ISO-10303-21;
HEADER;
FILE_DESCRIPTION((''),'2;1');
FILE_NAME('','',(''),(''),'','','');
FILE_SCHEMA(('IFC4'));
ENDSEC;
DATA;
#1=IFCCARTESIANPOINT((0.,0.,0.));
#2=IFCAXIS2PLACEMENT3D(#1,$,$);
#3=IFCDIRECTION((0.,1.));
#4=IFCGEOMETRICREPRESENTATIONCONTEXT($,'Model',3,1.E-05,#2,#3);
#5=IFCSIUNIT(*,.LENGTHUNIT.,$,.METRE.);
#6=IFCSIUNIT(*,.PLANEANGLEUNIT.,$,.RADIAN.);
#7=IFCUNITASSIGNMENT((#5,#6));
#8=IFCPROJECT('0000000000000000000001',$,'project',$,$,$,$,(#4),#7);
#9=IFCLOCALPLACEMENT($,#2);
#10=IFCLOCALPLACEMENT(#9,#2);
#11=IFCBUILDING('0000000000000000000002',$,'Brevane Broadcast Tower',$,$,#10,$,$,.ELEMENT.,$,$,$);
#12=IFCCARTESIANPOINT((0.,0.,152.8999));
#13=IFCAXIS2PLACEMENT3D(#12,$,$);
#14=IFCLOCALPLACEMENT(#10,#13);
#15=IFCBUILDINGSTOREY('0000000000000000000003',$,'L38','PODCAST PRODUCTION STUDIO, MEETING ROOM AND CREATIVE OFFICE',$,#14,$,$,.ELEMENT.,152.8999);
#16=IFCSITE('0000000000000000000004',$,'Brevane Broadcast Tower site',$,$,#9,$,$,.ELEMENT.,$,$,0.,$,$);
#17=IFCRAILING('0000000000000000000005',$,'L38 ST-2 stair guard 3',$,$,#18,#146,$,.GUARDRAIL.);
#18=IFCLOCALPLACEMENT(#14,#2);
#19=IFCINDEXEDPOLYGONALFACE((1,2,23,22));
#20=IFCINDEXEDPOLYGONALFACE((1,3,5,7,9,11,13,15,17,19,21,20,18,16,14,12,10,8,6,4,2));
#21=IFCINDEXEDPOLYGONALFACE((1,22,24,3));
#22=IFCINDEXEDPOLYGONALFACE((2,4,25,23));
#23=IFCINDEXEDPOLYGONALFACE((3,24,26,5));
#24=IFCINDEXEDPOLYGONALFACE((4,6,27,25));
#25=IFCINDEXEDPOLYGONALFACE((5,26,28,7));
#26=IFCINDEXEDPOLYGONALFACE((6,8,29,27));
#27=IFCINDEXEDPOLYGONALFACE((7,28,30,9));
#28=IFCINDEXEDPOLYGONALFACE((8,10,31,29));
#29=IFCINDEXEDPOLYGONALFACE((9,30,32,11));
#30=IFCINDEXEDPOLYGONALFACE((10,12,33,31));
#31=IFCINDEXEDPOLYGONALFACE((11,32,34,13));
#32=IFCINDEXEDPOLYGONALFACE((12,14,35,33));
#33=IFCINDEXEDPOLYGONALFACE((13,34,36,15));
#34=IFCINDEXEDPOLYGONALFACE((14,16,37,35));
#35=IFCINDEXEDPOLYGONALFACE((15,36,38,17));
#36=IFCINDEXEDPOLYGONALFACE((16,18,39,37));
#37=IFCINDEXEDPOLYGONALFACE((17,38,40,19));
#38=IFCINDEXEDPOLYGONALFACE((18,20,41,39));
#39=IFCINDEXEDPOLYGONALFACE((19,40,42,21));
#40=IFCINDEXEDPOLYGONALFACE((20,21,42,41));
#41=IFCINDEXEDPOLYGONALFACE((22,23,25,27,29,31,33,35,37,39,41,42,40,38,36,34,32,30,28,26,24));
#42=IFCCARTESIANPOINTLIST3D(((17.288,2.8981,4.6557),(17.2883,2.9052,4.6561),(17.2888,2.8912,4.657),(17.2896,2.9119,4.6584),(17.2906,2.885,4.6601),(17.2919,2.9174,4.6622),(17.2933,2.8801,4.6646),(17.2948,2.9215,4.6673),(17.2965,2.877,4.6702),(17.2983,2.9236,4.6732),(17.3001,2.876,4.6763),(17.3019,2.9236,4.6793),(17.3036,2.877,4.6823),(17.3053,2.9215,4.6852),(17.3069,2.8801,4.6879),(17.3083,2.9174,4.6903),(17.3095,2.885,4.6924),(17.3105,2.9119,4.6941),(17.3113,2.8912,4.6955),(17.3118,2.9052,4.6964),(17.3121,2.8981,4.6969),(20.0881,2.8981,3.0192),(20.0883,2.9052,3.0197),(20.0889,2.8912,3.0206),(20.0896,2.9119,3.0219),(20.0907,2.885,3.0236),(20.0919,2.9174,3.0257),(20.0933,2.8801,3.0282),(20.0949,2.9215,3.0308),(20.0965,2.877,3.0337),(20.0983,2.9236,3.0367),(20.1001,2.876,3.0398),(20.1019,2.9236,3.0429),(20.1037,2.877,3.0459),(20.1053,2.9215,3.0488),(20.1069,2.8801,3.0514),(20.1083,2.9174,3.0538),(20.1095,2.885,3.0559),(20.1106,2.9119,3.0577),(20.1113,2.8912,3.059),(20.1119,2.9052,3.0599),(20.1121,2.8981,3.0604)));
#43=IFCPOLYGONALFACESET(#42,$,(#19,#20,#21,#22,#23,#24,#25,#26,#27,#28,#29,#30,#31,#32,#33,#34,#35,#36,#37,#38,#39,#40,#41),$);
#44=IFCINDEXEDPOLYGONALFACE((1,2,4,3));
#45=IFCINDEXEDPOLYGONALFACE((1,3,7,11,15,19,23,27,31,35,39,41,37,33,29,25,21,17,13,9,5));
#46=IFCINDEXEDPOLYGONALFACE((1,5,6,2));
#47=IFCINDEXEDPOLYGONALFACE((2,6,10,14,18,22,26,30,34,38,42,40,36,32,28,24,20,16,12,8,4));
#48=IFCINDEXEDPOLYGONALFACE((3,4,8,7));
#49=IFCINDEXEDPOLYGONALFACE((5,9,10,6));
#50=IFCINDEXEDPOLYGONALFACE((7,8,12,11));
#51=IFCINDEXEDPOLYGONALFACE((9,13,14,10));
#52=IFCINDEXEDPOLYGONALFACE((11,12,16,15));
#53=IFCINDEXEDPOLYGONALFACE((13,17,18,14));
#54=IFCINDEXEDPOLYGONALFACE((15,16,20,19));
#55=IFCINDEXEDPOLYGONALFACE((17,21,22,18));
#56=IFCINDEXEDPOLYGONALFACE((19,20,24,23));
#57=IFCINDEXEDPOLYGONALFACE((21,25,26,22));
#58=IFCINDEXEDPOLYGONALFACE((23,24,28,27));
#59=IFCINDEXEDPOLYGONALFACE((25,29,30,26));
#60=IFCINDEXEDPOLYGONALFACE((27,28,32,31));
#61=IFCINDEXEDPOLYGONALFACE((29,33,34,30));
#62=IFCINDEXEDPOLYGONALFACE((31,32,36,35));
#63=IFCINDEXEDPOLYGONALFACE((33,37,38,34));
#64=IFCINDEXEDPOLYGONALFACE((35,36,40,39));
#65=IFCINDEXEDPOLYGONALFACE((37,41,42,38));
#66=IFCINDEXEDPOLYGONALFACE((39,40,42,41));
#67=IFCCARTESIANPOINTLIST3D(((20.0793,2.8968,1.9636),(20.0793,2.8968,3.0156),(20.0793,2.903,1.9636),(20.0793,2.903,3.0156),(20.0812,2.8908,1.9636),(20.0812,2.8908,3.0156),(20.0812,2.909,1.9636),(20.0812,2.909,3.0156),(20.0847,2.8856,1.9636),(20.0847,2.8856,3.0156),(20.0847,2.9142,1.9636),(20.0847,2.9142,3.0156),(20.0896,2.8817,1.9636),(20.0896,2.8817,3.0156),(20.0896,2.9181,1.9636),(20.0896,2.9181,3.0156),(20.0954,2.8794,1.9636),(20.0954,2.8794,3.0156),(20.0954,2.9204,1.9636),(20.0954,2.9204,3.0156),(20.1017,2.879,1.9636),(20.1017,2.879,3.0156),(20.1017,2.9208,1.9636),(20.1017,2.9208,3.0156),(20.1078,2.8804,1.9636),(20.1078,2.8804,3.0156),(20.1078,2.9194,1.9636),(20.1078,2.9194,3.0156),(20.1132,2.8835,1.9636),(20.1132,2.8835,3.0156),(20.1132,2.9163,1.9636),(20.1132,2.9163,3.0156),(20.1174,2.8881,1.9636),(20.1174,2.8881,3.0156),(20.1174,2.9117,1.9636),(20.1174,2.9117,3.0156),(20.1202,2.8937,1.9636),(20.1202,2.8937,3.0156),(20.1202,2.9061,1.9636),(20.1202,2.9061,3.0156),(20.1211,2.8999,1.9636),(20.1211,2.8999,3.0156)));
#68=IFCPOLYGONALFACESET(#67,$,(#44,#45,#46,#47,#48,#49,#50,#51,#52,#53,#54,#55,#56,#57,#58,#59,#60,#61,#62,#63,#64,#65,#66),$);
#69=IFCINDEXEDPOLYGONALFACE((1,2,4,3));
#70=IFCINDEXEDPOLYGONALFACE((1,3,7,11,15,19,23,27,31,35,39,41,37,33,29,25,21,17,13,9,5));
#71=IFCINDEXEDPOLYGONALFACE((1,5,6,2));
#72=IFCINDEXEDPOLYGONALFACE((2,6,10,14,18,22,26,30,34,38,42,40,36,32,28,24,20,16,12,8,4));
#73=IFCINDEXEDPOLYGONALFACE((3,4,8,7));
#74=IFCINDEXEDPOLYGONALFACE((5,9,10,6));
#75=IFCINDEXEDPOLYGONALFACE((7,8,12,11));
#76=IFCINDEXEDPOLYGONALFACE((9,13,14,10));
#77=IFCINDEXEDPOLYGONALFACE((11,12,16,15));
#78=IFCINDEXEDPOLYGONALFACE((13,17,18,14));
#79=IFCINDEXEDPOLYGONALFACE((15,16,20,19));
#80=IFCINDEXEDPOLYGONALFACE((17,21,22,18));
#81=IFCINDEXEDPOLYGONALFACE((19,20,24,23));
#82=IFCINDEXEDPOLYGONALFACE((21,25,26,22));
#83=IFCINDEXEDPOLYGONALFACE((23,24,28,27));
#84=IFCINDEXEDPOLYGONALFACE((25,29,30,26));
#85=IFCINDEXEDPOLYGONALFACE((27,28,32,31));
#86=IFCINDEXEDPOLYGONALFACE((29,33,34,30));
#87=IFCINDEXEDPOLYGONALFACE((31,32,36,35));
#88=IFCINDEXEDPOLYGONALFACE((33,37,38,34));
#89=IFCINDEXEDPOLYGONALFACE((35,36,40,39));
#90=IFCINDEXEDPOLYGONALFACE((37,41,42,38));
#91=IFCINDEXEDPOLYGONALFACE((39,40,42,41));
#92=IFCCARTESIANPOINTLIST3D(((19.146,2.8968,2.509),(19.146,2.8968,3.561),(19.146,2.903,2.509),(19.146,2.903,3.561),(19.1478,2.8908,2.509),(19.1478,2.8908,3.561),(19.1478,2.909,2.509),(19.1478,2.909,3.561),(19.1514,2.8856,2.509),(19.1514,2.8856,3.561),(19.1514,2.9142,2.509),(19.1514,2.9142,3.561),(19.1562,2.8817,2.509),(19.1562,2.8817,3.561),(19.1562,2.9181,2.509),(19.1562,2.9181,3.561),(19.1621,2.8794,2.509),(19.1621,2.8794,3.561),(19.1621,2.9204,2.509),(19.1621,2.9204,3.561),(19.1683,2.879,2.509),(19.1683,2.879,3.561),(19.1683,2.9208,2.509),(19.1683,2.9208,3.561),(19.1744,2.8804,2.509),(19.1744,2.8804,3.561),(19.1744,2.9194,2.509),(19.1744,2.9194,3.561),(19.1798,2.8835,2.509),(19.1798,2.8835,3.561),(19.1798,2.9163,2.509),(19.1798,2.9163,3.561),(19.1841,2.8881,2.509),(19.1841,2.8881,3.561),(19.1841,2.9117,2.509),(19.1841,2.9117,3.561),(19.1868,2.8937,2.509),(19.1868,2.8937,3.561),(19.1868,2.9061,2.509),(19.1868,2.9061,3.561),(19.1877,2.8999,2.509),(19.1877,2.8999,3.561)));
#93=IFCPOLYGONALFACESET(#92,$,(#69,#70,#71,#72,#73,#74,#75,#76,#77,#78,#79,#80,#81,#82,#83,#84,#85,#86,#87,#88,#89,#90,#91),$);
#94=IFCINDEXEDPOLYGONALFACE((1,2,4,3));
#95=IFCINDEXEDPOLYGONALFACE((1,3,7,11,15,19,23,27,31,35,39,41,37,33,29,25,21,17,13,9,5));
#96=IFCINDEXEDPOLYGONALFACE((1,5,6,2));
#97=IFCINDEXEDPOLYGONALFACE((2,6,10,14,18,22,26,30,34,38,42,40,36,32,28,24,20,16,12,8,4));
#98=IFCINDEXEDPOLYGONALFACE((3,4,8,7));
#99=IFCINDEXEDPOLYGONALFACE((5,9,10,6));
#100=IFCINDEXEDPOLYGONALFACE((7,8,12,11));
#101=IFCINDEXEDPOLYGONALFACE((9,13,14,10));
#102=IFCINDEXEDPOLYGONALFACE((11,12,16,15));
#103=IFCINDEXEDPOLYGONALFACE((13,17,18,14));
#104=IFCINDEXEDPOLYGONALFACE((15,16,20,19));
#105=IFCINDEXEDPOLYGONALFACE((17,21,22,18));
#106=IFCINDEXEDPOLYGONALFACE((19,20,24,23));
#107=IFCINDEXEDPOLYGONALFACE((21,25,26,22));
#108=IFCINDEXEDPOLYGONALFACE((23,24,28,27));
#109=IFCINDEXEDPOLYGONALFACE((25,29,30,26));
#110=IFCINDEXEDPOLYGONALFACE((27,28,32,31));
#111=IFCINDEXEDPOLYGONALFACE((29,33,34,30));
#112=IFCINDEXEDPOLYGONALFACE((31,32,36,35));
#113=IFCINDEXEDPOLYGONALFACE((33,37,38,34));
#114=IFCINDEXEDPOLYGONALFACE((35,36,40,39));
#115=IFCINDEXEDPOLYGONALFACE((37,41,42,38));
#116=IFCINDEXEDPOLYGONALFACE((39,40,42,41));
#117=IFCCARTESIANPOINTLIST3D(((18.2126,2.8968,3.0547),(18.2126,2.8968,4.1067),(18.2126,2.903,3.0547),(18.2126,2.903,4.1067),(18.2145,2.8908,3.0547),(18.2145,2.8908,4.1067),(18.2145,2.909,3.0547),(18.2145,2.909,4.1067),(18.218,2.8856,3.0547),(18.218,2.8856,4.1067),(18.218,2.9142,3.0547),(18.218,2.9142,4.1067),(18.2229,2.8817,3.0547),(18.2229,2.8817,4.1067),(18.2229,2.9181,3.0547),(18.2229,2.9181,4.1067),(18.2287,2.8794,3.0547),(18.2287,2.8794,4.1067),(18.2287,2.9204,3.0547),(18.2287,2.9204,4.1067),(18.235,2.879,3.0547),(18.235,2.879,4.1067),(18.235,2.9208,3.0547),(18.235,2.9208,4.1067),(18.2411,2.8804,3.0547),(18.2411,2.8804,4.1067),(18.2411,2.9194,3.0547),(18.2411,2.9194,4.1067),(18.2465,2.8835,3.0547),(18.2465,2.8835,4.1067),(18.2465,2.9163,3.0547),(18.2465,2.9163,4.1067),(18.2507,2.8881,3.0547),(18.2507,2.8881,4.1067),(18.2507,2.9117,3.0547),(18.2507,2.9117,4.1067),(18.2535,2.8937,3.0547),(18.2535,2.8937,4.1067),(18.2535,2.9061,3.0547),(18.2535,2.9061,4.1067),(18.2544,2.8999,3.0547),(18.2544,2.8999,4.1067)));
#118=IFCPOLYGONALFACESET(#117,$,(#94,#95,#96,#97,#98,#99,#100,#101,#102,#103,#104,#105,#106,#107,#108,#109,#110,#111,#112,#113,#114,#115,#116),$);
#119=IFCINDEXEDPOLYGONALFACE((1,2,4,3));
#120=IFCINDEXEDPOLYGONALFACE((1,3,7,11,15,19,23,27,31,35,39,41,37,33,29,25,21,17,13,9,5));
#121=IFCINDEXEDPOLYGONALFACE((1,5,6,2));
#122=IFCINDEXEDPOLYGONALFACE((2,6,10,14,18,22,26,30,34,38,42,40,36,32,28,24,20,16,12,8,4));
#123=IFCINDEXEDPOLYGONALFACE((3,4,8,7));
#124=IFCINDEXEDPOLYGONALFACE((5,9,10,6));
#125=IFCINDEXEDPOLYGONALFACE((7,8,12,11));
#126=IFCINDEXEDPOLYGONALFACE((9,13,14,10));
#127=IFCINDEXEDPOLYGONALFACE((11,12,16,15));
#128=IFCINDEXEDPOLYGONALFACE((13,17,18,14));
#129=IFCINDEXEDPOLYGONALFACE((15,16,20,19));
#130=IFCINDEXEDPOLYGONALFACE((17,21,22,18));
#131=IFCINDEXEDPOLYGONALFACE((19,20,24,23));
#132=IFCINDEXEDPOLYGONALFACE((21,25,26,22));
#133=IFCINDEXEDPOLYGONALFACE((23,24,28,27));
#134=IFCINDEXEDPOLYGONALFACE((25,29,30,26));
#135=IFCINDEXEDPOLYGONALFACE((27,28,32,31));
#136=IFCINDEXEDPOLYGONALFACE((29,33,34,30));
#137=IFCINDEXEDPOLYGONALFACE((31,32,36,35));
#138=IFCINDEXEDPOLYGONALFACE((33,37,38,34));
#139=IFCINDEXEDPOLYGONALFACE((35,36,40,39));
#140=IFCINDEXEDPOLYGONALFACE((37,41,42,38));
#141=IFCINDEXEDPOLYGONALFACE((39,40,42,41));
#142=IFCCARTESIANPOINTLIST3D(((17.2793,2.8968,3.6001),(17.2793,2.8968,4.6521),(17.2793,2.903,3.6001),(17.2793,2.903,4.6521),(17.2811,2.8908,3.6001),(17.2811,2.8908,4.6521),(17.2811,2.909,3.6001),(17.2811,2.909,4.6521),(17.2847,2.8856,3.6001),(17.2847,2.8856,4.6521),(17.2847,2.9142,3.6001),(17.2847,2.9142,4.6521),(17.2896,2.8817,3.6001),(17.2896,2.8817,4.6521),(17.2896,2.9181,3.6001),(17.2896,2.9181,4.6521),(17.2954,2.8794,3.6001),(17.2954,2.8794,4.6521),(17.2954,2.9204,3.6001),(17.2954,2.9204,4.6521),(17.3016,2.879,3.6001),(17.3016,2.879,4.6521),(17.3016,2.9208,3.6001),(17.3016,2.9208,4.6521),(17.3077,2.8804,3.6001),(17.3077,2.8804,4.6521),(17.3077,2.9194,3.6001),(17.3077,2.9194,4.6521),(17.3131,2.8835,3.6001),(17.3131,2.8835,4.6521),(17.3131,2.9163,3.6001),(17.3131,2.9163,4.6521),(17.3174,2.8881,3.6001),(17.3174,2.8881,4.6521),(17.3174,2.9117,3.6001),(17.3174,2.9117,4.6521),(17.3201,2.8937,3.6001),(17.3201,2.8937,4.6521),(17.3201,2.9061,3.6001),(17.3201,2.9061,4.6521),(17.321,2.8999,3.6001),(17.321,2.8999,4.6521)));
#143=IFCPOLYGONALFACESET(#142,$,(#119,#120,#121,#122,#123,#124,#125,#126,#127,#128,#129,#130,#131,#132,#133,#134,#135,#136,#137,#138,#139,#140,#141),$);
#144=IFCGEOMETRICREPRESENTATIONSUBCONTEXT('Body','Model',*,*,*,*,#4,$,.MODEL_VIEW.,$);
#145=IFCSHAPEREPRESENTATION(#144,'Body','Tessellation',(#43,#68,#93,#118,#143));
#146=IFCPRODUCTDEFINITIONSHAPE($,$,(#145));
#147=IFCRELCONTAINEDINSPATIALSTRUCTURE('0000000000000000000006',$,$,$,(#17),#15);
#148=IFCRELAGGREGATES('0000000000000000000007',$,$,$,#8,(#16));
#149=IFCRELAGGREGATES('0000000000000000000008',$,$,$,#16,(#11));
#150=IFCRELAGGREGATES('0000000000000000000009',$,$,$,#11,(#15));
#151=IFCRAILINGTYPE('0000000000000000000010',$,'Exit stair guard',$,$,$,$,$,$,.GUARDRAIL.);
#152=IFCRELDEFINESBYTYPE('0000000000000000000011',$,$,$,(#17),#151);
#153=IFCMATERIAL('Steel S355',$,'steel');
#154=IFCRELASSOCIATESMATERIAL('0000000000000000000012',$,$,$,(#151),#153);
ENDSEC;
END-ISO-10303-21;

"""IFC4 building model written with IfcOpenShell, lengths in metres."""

from ifc_helpers import new_model, si_unit, direction, frame, origin, origin_2d, place, context, subcontext, project, spatial, circle, extrude, material, type_object, element, save


model = new_model("IFC4")

# Units and contexts
model_context = context("Model", 3, precision=1e-05, world=origin(), true_north=direction((0.0, 1.0)))
body_context = subcontext(model_context, "Body", "Model", "MODEL_VIEW")
ifc_project = project(units=[si_unit("LENGTHUNIT", "METRE"), si_unit("PLANEANGLEUNIT", "RADIAN")], contexts=[model_context])

# Site, building, storey
site_placement = place(None, origin())
site = spatial("IfcSite", under=ifc_project, at=site_placement, Name="Brevane Broadcast Tower site", CompositionType="ELEMENT", RefElevation=0.0)
building_placement = place(site_placement, origin())
building = spatial("IfcBuilding", under=site, at=building_placement, Name="Brevane Broadcast Tower", CompositionType="ELEMENT")
storey_placement = place(building_placement, frame((0.0, 0.0, 152.8999)))
storey = spatial("IfcBuildingStorey", under=building, at=storey_placement, Name="L38", Description="PODCAST PRODUCTION STUDIO, MEETING ROOM AND CREATIVE OFFICE", CompositionType="ELEMENT", Elevation=152.8999)

# Railing
ifc_material_1 = material(Name="Steel S355", Category="steel")
railing_type_1 = type_object("IfcRailingType", Name="Exit stair guard", PredefinedType="GUARDRAIL", material=ifc_material_1)
railing_1_placement = place(storey_placement, frame((20.1001, 2.8999, 1.9636)))
element("IfcRailing", 1, at=railing_1_placement, inside=storey, type_object=railing_type_1, Name="L38 ST-2 stair guard 3", PredefinedType="GUARDRAIL", context=body_context, shape_type="SweptSolid", body=[
    extrude(circle(Radius=0.0239, at=origin_2d()), frame((0.0, 0.0, 1.0762), z_axis=(-0.863361, 0.0, 0.504587), x_axis=(0.0, -1.0, 0.0)), (0.0, 0.0, 1.0), 3.2432),
    extrude(circle(Radius=0.021, at=origin_2d()), origin(), (0.0, 0.0, 1.0), 1.052),
    extrude(circle(Radius=0.021, at=origin_2d()), frame((-0.9333, 0.0, 0.5454)), (0.0, 0.0, 1.0), 1.052),
    extrude(circle(Radius=0.021, at=origin_2d()), frame((-1.8667, 0.0, 1.0911)), (0.0, 0.0, 1.0), 1.052),
    extrude(circle(Radius=0.021, at=origin_2d()), frame((-2.8, 0.0, 1.6365)), (0.0, 0.0, 1.0), 1.052),
])

save(model, "model.ifc")
